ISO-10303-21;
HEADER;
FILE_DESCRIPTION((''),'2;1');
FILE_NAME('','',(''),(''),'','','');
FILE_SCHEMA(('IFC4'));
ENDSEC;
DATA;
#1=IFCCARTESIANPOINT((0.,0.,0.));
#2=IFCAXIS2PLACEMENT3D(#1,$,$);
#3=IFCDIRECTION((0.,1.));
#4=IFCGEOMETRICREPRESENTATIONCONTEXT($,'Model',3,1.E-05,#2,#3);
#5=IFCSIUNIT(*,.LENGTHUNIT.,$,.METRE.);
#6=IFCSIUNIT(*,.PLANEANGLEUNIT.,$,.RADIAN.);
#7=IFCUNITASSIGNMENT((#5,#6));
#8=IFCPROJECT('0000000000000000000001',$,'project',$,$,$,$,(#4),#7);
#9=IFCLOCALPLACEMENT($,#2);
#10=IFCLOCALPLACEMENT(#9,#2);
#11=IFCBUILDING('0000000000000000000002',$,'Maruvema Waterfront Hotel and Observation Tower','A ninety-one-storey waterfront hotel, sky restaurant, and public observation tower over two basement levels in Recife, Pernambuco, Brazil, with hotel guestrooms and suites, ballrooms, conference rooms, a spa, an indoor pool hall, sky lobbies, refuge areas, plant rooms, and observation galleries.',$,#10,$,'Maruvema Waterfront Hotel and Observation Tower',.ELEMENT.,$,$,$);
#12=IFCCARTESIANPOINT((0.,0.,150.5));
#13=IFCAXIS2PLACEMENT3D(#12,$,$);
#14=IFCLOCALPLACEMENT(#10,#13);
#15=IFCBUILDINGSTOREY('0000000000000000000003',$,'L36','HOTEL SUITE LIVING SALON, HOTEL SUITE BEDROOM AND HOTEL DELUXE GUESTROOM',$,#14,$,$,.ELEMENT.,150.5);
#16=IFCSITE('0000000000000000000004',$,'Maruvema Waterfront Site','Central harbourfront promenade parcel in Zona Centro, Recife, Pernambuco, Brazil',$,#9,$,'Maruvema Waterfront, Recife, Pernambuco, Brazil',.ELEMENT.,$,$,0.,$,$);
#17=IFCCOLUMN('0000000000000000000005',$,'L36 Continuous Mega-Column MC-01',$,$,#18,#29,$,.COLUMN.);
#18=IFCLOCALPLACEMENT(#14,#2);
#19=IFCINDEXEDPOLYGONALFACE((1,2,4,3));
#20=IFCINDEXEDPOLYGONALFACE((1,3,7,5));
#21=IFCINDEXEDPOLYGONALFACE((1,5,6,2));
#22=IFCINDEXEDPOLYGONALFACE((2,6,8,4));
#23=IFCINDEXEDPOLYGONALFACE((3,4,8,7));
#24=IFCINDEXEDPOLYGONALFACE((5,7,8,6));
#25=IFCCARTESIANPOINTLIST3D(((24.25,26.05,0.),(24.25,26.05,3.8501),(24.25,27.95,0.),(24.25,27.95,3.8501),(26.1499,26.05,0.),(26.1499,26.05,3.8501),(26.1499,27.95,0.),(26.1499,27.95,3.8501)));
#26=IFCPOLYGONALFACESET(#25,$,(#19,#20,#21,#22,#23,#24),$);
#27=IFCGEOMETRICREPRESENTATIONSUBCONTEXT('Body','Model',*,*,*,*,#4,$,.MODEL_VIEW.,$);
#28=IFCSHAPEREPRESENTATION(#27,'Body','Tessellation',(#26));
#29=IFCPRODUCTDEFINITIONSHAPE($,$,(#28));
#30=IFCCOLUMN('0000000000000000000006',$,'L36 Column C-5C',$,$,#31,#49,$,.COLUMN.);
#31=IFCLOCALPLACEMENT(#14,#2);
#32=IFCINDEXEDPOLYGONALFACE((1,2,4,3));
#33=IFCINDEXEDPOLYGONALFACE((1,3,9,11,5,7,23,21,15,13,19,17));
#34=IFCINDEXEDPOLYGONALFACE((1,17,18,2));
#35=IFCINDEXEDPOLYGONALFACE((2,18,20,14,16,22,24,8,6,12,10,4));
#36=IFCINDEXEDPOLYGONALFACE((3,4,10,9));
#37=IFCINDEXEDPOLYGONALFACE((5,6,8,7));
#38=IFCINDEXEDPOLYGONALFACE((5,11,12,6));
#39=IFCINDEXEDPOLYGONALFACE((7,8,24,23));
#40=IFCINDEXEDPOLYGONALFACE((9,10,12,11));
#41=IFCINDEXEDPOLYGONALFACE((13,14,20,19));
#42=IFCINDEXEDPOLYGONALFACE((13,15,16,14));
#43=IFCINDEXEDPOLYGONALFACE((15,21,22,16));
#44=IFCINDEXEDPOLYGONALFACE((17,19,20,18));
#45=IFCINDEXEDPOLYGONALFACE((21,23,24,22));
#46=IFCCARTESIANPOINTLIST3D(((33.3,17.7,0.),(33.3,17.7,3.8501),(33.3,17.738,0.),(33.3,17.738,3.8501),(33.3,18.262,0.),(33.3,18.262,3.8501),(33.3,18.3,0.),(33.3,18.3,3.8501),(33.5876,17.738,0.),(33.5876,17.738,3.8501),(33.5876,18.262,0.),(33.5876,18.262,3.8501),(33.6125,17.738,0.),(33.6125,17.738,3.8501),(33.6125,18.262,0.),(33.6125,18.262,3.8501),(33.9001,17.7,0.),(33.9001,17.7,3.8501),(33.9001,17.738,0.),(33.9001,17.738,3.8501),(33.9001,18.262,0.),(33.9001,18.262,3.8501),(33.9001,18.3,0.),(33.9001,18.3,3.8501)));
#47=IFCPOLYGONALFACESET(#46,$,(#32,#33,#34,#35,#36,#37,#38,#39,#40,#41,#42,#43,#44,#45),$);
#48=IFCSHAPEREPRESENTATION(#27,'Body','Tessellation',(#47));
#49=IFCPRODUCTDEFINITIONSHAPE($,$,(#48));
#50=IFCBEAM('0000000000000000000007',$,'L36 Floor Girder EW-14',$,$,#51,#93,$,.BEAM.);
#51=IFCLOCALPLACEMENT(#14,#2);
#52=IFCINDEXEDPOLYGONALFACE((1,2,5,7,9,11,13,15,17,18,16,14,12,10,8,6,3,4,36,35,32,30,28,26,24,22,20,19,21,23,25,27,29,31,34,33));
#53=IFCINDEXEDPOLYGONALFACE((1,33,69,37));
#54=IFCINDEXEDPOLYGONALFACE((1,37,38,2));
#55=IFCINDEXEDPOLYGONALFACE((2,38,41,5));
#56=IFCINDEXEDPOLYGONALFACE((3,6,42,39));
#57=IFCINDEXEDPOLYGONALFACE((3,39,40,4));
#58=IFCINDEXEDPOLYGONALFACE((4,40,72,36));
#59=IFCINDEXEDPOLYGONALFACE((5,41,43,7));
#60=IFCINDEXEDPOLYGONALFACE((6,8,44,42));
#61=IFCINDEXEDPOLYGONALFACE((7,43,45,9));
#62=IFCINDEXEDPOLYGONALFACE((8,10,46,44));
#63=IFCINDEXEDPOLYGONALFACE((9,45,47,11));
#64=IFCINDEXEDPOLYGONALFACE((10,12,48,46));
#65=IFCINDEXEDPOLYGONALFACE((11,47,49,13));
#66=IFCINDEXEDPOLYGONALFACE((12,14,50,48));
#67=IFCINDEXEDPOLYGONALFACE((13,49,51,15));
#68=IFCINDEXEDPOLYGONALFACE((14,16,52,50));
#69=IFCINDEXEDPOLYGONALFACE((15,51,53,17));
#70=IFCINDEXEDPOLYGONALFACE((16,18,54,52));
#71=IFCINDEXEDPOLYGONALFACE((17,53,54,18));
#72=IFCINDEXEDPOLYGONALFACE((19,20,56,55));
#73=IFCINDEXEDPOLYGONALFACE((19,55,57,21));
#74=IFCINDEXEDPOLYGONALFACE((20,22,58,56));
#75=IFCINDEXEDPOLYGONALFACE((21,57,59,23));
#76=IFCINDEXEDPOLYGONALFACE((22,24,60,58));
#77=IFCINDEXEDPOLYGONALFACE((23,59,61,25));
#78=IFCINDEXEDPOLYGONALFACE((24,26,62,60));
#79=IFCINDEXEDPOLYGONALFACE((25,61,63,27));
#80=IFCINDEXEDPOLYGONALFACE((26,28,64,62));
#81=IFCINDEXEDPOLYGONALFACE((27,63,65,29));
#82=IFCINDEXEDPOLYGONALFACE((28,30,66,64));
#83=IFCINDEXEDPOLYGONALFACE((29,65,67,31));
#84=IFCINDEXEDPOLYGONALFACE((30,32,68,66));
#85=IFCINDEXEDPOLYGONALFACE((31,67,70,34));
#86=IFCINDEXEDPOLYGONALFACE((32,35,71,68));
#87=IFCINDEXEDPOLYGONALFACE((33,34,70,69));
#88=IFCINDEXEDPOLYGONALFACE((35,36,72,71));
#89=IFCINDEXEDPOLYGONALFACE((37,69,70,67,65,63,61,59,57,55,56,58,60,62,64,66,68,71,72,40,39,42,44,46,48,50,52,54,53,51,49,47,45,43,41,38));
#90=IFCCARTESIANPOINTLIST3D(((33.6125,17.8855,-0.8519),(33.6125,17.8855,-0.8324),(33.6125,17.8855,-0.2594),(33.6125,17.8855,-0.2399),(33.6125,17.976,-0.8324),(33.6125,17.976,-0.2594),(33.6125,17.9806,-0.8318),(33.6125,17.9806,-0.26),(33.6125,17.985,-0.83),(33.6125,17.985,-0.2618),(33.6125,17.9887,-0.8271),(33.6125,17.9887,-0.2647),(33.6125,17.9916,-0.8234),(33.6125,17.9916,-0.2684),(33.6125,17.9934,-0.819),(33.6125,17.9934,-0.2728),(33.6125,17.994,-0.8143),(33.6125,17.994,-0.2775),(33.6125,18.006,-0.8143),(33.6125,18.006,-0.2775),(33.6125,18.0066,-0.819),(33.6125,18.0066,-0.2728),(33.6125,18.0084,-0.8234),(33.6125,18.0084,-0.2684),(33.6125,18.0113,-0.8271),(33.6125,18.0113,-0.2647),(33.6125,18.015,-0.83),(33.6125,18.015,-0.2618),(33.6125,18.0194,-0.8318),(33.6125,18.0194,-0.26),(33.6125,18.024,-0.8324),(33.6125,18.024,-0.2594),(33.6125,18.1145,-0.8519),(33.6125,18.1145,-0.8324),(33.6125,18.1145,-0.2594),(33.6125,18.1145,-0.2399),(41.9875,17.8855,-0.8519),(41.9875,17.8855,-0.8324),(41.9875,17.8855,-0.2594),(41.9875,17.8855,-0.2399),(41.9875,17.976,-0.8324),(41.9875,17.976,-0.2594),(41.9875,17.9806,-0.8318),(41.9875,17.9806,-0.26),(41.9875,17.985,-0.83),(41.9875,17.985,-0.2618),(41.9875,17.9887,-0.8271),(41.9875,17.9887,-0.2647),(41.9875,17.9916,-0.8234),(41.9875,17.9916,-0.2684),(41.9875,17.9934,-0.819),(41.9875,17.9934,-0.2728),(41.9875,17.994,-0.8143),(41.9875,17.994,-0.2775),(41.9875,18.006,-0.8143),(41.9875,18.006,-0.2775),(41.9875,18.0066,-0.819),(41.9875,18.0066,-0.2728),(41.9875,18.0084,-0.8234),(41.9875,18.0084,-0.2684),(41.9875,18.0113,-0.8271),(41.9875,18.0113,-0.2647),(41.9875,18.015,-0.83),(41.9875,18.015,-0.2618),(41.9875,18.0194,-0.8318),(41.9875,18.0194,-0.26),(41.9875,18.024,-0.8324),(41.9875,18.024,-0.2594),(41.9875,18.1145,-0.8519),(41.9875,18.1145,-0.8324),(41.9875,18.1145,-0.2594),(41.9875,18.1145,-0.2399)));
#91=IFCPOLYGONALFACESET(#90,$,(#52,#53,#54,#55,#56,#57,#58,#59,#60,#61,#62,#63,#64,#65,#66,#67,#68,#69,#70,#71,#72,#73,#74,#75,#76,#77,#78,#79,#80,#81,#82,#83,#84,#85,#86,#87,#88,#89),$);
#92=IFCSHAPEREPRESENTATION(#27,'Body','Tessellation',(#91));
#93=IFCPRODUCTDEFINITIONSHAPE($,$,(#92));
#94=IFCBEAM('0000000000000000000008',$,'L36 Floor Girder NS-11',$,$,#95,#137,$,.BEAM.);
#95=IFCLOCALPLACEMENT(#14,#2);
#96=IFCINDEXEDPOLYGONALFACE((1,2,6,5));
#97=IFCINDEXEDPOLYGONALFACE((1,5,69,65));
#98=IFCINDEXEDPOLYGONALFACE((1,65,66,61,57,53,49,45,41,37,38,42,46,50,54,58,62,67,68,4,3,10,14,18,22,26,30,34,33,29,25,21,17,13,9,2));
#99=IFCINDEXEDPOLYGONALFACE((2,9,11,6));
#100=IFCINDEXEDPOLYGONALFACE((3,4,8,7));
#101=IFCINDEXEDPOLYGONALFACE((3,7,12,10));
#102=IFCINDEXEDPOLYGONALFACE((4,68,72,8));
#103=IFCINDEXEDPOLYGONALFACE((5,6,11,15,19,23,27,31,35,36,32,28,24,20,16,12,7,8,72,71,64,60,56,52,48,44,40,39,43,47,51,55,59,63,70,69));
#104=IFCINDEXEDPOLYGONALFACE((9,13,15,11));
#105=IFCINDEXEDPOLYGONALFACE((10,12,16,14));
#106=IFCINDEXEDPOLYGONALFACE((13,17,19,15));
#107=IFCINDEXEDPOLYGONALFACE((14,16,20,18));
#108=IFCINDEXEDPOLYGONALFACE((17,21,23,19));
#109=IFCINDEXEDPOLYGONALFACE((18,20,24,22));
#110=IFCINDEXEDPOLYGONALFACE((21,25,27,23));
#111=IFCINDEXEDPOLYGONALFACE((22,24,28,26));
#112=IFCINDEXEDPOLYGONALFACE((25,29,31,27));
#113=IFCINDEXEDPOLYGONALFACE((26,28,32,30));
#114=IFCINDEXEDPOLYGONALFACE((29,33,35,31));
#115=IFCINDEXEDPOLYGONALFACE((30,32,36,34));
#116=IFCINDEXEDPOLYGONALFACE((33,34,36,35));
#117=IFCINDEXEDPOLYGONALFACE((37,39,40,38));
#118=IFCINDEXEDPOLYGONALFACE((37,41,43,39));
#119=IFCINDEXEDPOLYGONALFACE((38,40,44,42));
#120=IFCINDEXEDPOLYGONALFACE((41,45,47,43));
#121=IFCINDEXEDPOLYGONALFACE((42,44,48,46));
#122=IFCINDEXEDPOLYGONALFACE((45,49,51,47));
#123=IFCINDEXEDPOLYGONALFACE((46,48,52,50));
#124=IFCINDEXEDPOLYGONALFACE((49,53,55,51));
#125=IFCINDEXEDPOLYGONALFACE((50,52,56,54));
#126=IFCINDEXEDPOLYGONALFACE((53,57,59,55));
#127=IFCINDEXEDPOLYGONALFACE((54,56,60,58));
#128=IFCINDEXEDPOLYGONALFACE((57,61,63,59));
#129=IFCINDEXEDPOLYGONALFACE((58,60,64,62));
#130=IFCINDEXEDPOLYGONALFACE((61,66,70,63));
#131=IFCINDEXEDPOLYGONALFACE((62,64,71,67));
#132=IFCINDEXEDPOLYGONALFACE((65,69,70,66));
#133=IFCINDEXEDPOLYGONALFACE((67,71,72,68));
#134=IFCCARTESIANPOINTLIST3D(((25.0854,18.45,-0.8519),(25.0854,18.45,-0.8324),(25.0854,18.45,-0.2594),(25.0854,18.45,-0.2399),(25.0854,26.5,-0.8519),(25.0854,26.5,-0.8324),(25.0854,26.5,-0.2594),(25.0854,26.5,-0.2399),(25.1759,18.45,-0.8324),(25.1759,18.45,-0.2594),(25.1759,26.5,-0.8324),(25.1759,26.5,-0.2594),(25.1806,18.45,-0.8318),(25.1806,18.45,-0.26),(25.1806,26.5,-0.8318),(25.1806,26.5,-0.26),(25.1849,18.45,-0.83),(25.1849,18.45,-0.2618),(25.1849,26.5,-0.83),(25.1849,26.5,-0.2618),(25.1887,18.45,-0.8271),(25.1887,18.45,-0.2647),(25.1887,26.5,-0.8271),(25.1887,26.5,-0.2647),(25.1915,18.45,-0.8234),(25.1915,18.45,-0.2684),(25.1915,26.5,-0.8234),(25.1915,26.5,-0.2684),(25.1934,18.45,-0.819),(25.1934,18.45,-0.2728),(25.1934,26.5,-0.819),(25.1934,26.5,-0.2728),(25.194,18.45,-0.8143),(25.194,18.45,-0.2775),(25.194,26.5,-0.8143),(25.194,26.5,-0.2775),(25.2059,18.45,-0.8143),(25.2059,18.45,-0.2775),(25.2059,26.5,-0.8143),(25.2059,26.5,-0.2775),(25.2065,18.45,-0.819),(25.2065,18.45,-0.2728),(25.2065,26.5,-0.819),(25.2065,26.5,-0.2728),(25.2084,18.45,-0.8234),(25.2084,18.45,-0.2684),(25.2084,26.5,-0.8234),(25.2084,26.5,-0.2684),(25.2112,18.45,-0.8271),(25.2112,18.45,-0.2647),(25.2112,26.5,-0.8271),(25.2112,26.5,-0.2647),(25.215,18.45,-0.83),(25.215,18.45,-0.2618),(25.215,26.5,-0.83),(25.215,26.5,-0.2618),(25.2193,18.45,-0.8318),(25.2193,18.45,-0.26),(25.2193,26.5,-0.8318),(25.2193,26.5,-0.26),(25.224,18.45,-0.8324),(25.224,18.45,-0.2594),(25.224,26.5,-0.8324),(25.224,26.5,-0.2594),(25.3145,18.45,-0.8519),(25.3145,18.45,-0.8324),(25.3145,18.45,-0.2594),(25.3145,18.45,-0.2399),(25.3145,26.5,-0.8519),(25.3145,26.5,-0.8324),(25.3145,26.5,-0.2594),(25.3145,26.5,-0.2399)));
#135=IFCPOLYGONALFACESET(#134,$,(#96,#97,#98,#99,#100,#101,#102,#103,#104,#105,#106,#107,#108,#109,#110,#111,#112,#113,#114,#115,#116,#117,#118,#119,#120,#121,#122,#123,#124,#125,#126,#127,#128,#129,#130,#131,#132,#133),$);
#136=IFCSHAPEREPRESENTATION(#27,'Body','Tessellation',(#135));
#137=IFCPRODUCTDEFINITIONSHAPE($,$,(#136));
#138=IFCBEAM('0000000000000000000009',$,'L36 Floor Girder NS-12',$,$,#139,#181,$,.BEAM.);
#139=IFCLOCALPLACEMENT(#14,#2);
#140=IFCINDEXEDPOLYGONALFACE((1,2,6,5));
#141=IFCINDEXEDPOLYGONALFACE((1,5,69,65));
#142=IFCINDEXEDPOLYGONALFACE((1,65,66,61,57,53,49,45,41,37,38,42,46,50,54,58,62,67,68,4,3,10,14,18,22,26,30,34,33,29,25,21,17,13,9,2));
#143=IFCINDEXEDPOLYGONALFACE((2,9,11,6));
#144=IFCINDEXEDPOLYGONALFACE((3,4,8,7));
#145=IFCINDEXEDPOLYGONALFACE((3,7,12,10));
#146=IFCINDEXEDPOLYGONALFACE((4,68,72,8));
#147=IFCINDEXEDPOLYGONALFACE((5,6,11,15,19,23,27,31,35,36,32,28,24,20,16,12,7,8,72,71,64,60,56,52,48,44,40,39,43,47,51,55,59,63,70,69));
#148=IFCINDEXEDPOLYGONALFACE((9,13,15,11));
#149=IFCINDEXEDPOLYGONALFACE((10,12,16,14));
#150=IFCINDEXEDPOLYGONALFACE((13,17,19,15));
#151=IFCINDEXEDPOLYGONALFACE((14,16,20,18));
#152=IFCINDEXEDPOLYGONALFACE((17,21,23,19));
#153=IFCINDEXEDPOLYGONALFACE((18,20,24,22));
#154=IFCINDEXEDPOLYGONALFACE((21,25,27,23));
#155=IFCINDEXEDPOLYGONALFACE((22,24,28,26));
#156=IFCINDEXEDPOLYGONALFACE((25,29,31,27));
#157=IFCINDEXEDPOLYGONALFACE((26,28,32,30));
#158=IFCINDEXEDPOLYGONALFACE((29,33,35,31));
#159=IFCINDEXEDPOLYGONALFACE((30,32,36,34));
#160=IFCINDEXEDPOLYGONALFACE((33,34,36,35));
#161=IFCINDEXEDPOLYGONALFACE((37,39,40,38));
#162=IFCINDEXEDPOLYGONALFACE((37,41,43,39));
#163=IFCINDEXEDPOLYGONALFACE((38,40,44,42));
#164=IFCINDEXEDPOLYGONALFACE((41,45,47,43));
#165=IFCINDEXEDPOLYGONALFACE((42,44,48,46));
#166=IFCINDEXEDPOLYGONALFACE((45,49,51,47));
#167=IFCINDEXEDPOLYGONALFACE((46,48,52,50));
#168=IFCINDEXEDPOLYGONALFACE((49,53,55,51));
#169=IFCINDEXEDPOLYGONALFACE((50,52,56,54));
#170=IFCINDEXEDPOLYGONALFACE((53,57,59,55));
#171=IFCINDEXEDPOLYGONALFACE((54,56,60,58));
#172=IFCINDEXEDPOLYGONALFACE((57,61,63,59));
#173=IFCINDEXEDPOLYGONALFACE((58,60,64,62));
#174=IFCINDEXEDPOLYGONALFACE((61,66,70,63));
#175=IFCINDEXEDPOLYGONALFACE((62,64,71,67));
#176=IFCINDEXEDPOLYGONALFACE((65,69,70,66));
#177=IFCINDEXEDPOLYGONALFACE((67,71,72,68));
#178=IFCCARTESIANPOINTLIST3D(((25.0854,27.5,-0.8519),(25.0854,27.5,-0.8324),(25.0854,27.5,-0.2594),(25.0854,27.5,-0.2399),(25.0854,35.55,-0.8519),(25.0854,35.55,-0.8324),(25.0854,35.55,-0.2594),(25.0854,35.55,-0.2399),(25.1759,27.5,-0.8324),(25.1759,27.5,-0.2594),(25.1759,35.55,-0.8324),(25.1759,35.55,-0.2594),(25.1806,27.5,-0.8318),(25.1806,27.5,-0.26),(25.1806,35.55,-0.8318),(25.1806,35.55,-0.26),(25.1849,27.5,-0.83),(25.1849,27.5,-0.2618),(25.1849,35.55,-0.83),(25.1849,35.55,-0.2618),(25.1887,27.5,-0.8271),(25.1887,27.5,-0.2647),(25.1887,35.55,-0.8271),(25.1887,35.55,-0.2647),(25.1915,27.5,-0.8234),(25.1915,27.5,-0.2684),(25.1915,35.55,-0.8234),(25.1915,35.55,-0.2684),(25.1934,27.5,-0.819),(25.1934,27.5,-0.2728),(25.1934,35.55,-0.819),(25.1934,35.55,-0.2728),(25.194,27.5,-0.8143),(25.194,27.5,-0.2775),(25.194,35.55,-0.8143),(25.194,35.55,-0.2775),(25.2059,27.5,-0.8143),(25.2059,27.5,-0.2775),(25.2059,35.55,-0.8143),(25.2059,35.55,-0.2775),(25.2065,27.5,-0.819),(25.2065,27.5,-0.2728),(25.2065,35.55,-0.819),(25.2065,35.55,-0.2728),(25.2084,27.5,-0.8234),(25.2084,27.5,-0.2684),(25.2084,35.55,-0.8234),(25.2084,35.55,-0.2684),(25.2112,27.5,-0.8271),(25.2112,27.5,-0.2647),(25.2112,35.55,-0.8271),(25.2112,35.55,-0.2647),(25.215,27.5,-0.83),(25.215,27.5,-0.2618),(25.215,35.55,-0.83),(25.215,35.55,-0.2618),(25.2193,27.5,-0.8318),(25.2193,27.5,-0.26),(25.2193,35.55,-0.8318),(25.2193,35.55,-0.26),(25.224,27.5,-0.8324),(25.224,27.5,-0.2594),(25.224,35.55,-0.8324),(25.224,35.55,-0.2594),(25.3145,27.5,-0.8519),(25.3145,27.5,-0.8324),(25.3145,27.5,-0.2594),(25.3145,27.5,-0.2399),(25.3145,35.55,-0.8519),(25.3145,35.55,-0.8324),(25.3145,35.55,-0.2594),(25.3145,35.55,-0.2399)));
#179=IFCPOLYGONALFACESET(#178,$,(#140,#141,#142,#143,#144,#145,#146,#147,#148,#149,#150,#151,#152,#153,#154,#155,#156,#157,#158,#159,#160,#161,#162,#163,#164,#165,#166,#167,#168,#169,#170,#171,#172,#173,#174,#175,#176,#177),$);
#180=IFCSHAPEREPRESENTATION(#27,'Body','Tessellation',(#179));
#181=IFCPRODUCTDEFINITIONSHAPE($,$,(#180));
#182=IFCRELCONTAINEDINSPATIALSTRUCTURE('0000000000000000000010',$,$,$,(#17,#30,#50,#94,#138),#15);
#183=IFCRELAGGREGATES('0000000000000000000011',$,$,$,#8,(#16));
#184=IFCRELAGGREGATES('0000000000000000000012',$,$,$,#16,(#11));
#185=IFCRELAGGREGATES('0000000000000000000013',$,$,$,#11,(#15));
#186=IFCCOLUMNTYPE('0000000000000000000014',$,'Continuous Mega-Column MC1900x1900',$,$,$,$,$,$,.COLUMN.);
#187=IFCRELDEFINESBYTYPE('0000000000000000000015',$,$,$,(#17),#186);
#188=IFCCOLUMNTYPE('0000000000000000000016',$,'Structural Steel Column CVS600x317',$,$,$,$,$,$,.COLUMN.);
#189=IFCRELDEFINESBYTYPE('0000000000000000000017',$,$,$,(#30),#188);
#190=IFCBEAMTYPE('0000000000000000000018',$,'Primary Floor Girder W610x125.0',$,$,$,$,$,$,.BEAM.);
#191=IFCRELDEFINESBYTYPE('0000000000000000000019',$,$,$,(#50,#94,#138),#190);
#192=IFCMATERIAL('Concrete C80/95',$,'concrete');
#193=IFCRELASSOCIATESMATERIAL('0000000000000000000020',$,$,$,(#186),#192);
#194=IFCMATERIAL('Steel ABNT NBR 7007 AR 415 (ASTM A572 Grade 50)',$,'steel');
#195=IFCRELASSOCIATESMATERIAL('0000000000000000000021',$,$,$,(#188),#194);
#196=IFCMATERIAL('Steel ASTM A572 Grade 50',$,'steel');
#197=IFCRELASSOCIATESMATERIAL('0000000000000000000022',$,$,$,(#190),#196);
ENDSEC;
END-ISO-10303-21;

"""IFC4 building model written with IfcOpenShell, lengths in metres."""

from ifc_helpers import new_model, si_unit, direction, frame, origin, origin_2d, place, context, subcontext, project, spatial, rectangle, i_section, extrude, material, material_profile, profile_set, type_object, element, save


model = new_model("IFC4")

# Units and contexts
model_context = context("Model", 3, precision=1e-05, world=origin(), true_north=direction((0.0, 1.0)))
body_context = subcontext(model_context, "Body", "Model", "MODEL_VIEW")
ifc_project = project(units=[si_unit("LENGTHUNIT", "METRE"), si_unit("PLANEANGLEUNIT", "RADIAN")], contexts=[model_context])

# Site, building, storey
site_placement = place(None, origin())
site = spatial("IfcSite", under=ifc_project, at=site_placement, Name="Maruvema Waterfront Site", Description="Central harbourfront promenade parcel in Zona Centro, Recife, Pernambuco, Brazil", LongName="Maruvema Waterfront, Recife, Pernambuco, Brazil", CompositionType="ELEMENT", RefElevation=0.0)
building_placement = place(site_placement, origin())
building = spatial("IfcBuilding", under=site, at=building_placement, Name="Maruvema Waterfront Hotel and Observation Tower", Description="A ninety-one-storey waterfront hotel, sky restaurant, and public observation tower over two basement levels in Recife, Pernambuco, Brazil, with hotel guestrooms and suites, ballrooms, conference rooms, a spa, an indoor pool hall, sky lobbies, refuge areas, plant rooms, and observation galleries.", LongName="Maruvema Waterfront Hotel and Observation Tower", CompositionType="ELEMENT")
storey_placement = place(building_placement, frame((0.0, 0.0, 150.5)))
storey = spatial("IfcBuildingStorey", under=building, at=storey_placement, Name="L36", Description="HOTEL SUITE LIVING SALON, HOTEL SUITE BEDROOM AND HOTEL DELUXE GUESTROOM", CompositionType="ELEMENT", Elevation=150.5)

# Columns
ifc_material_1 = material(Name="Concrete C80/95", Category="concrete")
ifc_material_profile_1 = material_profile(ifc_material_1, rectangle(XDim=1.8999, YDim=1.8999, at=origin_2d()), Name="MC1900x1900")
ifc_profile_set_1 = profile_set([ifc_material_profile_1], Name="Concrete C80/95")
column_type_1 = type_object("IfcColumnType", Name="Continuous Mega-Column MC1900x1900", PredefinedType="COLUMN", material=ifc_profile_set_1)
column_1_placement = place(storey_placement, frame((25.2, 27.0, 0.0), z_axis=(0.0, 0.0, 1.0), x_axis=(1.0, 0.0, 0.0)))
element("IfcColumn", 1, at=column_1_placement, inside=storey, type_object=column_type_1, Name="L36 Continuous Mega-Column MC-01", PredefinedType="COLUMN", context=body_context, shape_type="SweptSolid", body=[
    extrude(rectangle(XDim=1.8999, YDim=1.8999, at=origin_2d()), origin(), (0.0, 0.0, 1.0), 3.8501),
])
ifc_material_2 = material(Name="Steel ABNT NBR 7007 AR 415 (ASTM A572 Grade 50)", Category="steel")
ifc_material_profile_2 = material_profile(ifc_material_2, i_section(OverallWidth=0.6001, OverallDepth=0.6001, WebThickness=0.0249, FlangeThickness=0.0381, at=origin_2d()), Name="CVS600x317")
ifc_profile_set_2 = profile_set([ifc_material_profile_2], Name="Steel ABNT NBR 7007 AR 415 (ASTM A572 Grade 50)")
column_type_2 = type_object("IfcColumnType", Name="Structural Steel Column CVS600x317", PredefinedType="COLUMN", material=ifc_profile_set_2)
column_2_placement = place(storey_placement, frame((33.6001, 18.0, 0.0), z_axis=(0.0, 0.0, 1.0), x_axis=(1.0, 0.0, 0.0)))
element("IfcColumn", 2, at=column_2_placement, inside=storey, type_object=column_type_2, Name="L36 Column C-5C", PredefinedType="COLUMN", context=body_context, shape_type="SweptSolid", body=[
    extrude(i_section(OverallWidth=0.6001, OverallDepth=0.6001, WebThickness=0.0249, FlangeThickness=0.0381, at=origin_2d()), origin(), (0.0, 0.0, 1.0), 3.8501),
])

# Beams
ifc_material_3 = material(Name="Steel ASTM A572 Grade 50", Category="steel")
ifc_material_profile_3 = material_profile(ifc_material_3, i_section(OverallWidth=0.229, OverallDepth=0.6121, WebThickness=0.012, FlangeThickness=0.0195, FilletRadius=0.0181, at=origin_2d()), Name="W610x125.0")
ifc_profile_set_3 = profile_set([ifc_material_profile_3], Name="Steel ASTM A572 Grade 50")
beam_type_1 = type_object("IfcBeamType", Name="Primary Floor Girder W610x125.0", PredefinedType="BEAM", material=ifc_profile_set_3)
beam_1_placement = place(storey_placement, frame((33.6125, 18.0, -0.5459), z_axis=(1.0, 0.0, 0.0), x_axis=(0.0, 1.0, 0.0)))
element("IfcBeam", 3, at=beam_1_placement, inside=storey, type_object=beam_type_1, Name="L36 Floor Girder EW-14", PredefinedType="BEAM", context=body_context, shape_type="SweptSolid", body=[
    extrude(i_section(OverallWidth=0.229, OverallDepth=0.6121, WebThickness=0.012, FlangeThickness=0.0195, FilletRadius=0.0181, at=origin_2d()), origin(), (0.0, 0.0, 1.0), 8.375),
])
for number, where, z_axis, x_axis, name in (
    (4, (25.2, 18.45, -0.5459), (0.0, 1.0, 0.0), (-1.0, 0.0, 0.0), "L36 Floor Girder NS-11"),
    (5, (25.2, 27.5, -0.5459), (0.0, 1.0, 0.0), (-1.0, 0.0, 0.0), "L36 Floor Girder NS-12"),
):
    element("IfcBeam", number, at=place(storey_placement, frame(where, z_axis=z_axis, x_axis=x_axis)), inside=storey, type_object=beam_type_1, Name=name, PredefinedType="BEAM", context=body_context, shape_type="SweptSolid", body=[
        extrude(i_section(OverallWidth=0.229, OverallDepth=0.6121, WebThickness=0.012, FlangeThickness=0.0195, FilletRadius=0.0181, at=origin_2d()), origin(), (0.0, 0.0, 1.0), 8.05),
    ])

save(model, "model.ifc")
